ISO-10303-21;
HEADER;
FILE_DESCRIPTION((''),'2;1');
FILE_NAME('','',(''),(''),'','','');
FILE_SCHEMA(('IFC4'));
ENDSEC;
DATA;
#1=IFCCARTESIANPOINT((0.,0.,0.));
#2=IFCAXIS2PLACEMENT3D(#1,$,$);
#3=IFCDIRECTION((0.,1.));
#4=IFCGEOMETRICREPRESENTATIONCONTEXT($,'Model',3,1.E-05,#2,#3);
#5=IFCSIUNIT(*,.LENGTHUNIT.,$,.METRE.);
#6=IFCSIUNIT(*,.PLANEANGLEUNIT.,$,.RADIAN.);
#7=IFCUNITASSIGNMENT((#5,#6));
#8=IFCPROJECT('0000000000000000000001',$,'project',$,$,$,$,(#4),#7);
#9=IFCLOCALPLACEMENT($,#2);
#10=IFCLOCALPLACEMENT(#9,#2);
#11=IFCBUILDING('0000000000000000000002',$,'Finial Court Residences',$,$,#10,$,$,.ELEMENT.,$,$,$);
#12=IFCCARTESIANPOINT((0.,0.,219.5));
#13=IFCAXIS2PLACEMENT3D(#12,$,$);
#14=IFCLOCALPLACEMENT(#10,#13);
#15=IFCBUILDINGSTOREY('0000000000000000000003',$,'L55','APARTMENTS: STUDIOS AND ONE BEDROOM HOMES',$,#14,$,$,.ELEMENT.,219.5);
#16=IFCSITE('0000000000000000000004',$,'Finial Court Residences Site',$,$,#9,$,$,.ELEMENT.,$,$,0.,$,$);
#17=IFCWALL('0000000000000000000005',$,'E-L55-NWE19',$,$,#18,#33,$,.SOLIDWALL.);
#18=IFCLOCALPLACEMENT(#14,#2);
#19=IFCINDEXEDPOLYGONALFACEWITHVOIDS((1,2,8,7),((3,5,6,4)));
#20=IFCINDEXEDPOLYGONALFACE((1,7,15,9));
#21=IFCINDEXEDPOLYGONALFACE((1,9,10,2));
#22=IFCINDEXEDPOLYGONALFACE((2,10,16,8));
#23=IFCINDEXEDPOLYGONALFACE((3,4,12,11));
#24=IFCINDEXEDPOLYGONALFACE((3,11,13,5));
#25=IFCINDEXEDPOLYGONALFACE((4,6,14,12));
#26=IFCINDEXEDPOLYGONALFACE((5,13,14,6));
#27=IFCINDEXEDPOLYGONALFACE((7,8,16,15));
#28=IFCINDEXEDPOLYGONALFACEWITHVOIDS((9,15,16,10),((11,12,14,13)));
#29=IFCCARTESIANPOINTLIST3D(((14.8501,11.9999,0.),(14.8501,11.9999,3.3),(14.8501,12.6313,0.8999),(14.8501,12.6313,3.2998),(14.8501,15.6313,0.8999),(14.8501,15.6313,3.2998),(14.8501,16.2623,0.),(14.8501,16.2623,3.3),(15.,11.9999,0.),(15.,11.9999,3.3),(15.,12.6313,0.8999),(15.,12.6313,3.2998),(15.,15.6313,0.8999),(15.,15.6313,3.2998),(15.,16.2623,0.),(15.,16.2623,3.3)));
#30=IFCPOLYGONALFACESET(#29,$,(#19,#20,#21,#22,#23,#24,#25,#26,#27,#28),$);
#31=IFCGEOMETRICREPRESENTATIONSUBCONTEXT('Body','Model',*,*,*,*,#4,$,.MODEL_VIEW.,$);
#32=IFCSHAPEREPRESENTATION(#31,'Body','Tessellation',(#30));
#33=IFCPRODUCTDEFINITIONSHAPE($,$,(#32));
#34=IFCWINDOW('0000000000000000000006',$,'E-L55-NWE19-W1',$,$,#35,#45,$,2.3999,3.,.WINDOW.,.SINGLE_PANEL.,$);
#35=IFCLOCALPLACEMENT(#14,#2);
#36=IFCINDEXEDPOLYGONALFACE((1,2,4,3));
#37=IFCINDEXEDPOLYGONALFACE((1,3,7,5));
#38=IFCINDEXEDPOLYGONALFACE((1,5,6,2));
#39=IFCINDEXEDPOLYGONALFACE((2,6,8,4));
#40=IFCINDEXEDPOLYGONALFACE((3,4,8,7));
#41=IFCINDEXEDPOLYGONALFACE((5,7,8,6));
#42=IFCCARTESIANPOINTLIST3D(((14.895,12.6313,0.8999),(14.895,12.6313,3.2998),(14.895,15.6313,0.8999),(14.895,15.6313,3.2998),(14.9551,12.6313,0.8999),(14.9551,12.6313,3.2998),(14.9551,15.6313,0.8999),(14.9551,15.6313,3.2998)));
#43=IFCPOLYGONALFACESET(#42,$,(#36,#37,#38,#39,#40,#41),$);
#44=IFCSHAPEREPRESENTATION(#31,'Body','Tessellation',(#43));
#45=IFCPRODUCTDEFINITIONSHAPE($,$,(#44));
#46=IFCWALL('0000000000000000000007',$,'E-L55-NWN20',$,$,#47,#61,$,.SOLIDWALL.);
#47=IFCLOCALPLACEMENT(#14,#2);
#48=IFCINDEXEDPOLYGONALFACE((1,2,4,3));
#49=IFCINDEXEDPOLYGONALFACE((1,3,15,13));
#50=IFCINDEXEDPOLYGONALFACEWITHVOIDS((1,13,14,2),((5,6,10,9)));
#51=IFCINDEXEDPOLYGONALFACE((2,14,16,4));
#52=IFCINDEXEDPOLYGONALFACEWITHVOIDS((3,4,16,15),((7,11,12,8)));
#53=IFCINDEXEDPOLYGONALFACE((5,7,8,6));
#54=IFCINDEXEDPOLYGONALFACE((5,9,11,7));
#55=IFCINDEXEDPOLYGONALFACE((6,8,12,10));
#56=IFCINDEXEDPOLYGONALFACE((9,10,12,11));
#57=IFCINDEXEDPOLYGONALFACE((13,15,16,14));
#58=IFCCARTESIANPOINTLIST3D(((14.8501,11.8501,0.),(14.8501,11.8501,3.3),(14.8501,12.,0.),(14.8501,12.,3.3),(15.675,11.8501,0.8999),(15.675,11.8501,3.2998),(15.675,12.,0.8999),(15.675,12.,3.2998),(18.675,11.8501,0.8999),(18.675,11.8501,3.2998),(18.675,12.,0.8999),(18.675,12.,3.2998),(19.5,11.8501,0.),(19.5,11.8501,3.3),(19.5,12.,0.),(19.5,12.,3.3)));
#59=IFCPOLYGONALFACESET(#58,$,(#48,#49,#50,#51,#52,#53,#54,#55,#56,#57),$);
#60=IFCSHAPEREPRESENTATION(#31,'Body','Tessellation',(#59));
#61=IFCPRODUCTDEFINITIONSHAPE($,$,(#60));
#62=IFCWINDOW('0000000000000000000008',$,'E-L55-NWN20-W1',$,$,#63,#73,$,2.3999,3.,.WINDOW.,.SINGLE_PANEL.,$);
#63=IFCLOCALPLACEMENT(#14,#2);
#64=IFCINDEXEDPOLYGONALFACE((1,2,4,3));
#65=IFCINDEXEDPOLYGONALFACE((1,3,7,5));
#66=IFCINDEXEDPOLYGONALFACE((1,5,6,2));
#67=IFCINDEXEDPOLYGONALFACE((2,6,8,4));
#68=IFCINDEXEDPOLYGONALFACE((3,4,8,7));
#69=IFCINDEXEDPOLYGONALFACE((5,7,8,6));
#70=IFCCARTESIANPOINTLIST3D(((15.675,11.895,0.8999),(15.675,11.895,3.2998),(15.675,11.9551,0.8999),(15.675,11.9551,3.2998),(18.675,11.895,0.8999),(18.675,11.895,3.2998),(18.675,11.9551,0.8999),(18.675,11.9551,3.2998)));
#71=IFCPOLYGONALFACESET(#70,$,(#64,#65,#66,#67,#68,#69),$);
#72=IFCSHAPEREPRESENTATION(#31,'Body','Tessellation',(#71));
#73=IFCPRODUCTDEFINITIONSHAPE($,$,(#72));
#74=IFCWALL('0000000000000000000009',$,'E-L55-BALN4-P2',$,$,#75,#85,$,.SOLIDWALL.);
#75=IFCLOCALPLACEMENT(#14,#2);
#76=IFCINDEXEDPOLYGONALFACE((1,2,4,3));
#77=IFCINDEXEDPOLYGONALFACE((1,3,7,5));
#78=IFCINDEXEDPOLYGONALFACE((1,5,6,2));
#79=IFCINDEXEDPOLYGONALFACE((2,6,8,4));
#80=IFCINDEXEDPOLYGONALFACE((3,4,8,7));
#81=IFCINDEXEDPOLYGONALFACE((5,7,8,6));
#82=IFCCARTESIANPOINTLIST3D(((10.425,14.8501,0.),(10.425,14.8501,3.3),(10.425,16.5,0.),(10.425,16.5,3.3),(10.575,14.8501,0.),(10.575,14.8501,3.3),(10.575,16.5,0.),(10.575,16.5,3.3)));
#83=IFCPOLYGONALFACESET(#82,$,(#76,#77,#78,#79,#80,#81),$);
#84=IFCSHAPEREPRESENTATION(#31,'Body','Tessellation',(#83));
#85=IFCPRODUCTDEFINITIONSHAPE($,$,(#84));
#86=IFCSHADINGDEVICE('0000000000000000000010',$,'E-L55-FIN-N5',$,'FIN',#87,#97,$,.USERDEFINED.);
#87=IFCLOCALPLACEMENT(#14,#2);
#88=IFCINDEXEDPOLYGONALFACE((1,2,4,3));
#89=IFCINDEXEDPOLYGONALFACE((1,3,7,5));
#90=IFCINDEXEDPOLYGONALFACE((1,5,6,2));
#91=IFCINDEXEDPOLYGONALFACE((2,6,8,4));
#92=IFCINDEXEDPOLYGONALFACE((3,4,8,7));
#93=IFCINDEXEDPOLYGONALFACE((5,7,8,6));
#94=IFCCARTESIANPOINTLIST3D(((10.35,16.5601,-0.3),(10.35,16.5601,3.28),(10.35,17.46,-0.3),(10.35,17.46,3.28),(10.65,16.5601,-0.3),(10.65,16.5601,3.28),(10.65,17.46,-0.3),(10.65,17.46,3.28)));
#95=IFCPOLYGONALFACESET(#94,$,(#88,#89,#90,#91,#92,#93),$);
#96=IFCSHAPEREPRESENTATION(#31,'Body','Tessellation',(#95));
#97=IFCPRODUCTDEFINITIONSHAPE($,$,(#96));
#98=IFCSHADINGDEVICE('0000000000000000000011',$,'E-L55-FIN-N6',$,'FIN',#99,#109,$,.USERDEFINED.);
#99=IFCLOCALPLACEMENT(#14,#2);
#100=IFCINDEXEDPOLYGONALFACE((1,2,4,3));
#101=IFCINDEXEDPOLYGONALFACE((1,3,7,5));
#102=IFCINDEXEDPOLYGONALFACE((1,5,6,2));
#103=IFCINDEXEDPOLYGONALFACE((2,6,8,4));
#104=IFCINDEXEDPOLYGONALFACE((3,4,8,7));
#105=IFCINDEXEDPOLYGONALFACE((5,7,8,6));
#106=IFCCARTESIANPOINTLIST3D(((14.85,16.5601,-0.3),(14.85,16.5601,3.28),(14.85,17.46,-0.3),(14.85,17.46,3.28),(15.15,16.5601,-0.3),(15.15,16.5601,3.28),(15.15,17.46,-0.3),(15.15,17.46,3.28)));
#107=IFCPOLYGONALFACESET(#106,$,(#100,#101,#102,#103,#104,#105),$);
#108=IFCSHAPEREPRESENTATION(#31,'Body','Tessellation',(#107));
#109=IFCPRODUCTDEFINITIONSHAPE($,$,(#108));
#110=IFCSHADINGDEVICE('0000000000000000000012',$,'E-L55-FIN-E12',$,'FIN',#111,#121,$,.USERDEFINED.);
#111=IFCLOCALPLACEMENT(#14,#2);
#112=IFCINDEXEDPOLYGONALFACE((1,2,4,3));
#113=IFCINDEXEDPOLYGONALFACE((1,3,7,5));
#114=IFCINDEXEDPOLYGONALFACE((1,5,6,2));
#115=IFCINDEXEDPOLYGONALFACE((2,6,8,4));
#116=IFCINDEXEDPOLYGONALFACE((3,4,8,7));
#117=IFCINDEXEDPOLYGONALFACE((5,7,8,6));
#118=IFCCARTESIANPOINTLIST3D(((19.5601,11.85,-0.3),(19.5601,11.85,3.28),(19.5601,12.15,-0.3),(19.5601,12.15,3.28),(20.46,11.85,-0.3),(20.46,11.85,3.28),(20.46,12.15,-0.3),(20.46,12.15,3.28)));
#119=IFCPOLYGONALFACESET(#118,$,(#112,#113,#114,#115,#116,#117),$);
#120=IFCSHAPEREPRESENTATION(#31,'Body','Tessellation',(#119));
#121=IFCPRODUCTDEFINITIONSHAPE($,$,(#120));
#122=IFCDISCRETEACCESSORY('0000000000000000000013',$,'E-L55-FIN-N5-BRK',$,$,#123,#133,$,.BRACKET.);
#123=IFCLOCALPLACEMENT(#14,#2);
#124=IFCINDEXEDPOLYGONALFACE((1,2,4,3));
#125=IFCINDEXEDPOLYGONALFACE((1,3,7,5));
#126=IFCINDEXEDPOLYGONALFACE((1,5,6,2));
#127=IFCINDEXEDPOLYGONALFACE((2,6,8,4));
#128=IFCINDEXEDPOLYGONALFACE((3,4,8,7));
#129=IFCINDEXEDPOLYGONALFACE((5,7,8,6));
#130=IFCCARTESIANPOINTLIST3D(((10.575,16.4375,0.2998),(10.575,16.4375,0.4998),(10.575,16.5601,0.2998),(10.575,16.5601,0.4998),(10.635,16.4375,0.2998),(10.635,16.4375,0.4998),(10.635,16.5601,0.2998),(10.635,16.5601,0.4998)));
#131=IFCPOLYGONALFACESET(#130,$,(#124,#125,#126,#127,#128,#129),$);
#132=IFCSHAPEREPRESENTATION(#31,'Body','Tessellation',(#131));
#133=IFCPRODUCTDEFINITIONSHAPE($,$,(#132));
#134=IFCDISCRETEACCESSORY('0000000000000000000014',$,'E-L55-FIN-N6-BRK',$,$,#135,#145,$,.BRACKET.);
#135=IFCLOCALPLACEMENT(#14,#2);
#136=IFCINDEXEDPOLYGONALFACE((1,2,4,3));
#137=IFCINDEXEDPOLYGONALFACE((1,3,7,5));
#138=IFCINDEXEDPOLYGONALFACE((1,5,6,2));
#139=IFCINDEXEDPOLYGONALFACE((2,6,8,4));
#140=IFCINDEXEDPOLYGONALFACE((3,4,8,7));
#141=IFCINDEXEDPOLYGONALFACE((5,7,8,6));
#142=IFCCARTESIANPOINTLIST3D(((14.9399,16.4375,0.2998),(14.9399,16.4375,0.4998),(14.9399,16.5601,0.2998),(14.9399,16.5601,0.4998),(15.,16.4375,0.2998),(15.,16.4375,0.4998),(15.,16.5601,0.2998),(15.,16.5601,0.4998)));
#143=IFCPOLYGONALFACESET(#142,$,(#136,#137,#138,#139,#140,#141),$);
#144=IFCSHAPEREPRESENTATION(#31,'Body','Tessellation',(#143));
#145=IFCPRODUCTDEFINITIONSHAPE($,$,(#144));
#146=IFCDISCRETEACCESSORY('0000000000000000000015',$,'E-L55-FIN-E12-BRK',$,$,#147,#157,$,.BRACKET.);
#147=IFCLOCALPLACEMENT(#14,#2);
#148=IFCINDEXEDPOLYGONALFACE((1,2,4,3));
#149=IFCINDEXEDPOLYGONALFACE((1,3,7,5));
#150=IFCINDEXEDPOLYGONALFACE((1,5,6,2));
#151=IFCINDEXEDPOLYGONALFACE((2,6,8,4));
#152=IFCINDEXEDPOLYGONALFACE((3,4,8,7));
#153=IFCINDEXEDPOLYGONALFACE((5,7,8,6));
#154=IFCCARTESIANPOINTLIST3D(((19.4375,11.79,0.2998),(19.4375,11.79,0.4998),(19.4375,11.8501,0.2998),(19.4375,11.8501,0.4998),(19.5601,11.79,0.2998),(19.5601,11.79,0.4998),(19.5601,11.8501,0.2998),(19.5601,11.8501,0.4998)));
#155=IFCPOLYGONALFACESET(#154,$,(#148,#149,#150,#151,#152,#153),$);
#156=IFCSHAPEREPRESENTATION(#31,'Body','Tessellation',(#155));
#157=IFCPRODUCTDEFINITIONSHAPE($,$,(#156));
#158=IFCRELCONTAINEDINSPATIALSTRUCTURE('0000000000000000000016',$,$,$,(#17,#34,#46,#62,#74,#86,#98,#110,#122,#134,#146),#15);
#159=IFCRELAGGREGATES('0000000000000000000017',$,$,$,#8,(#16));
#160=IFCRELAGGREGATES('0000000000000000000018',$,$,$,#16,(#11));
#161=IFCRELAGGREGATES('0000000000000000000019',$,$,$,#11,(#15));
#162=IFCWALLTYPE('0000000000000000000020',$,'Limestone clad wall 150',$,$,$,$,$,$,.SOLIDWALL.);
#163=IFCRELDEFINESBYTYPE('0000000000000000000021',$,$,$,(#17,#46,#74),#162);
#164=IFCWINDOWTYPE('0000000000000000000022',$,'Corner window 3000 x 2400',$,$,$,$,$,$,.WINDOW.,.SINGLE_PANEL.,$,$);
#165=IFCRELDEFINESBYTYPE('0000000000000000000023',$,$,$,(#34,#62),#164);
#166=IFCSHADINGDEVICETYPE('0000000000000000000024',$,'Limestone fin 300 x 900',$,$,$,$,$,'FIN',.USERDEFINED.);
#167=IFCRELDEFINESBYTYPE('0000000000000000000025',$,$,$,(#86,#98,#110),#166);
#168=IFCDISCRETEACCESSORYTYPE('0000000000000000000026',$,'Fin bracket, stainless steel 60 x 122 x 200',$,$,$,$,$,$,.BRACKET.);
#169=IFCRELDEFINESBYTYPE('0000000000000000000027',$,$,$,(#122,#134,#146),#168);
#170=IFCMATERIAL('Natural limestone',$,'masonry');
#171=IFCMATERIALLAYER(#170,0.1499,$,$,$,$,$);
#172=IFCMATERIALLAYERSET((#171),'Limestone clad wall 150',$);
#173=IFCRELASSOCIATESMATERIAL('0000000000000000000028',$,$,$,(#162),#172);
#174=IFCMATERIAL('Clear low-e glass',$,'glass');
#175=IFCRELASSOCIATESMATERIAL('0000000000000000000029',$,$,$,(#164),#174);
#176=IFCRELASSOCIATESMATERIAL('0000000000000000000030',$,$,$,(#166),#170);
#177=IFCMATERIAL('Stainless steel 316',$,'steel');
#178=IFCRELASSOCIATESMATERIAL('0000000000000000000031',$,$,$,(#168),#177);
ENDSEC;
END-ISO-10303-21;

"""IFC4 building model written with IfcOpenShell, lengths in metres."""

from ifc_helpers import new_model, si_unit, direction, frame, frame_2d, origin, origin_2d, place, context, subcontext, project, spatial, rectangle, extrude, material, layer, layer_set, type_object, element, fill, save


model = new_model("IFC4")

# Units and contexts
model_context = context("Model", 3, precision=1e-05, world=origin(), true_north=direction((0.0, 1.0)))
body_context = subcontext(model_context, "Body", "Model", "MODEL_VIEW")
ifc_project = project(units=[si_unit("LENGTHUNIT", "METRE"), si_unit("PLANEANGLEUNIT", "RADIAN")], contexts=[model_context])

# Site, building, storey
site_placement = place(None, origin())
site = spatial("IfcSite", under=ifc_project, at=site_placement, Name="Finial Court Residences Site", CompositionType="ELEMENT", RefElevation=0.0)
building_placement = place(site_placement, origin())
building = spatial("IfcBuilding", under=site, at=building_placement, Name="Finial Court Residences", CompositionType="ELEMENT")
storey_placement = place(building_placement, frame((0.0, 0.0, 219.5)))
storey = spatial("IfcBuildingStorey", under=building, at=storey_placement, Name="L55", Description="APARTMENTS: STUDIOS AND ONE BEDROOM HOMES", CompositionType="ELEMENT", Elevation=219.5)

# Shared definitions
ifc_material_1 = material(Name="Clear low-e glass", Category="glass")

# Walls, openings, windows
ifc_material_2 = material(Name="Natural limestone", Category="masonry")
ifc_layer_1 = layer(ifc_material_2, 0.1499)
ifc_layer_set_1 = layer_set([ifc_layer_1], Name="Limestone clad wall 150")
wall_type_1 = type_object("IfcWallType", Name="Limestone clad wall 150", PredefinedType="SOLIDWALL", material=ifc_layer_set_1)
wall_1_placement = place(storey_placement, frame((14.925, 16.2625, 0.0), z_axis=(0.0, 0.0, 1.0), x_axis=(0.0, -1.0, 0.0)))
wall_1 = element("IfcWall", 1, at=wall_1_placement, inside=storey, type_object=wall_type_1, Name="E-L55-NWE19", PredefinedType="SOLIDWALL", context=body_context, shape_type="SweptSolid", body=[
    extrude(rectangle(XDim=4.2625, YDim=0.1499, at=frame_2d((2.1313, 0.0))), origin(), (0.0, 0.0, 1.0), 3.3),
])
opening_1_placement = place(wall_1_placement, frame((0.6311, 0.0, 0.8999)))
opening_1 = element("IfcOpeningElement", 2, at=opening_1_placement, cuts=wall_1, PredefinedType="OPENING", context=body_context, shape_type="SweptSolid", body=[
    extrude(rectangle(XDim=3.0, YDim=2.3999, at=frame_2d((1.5, 1.2))), frame((0.0, 0.085, 0.0), z_axis=(0.0, -1.0, 0.0), x_axis=(1.0, 0.0, 0.0)), (0.0, 0.0, 1.0), 0.1699),
])
window_type = type_object("IfcWindowType", Name="Corner window 3000 x 2400", PartitioningType="SINGLE_PANEL", PredefinedType="WINDOW", material=ifc_material_1)
window_1_placement = place(opening_1_placement, origin())
window_1 = element("IfcWindow", 3, at=window_1_placement, inside=storey, type_object=window_type, Name="E-L55-NWE19-W1", OverallHeight=2.3999, OverallWidth=3.0, PartitioningType="SINGLE_PANEL", PredefinedType="WINDOW", context=body_context, shape_type="SweptSolid", body=[
    extrude(rectangle(XDim=3.0, YDim=2.3999, at=frame_2d((1.5, 1.2))), frame((0.0, 0.03, 0.0), z_axis=(0.0, -1.0, 0.0), x_axis=(1.0, 0.0, 0.0)), (0.0, 0.0, 1.0), 0.0601),
])
fill(opening_1, window_1)
wall_2_placement = place(storey_placement, frame((14.8501, 11.925, 0.0), z_axis=(0.0, 0.0, 1.0), x_axis=(1.0, 0.0, 0.0)))
wall_2 = element("IfcWall", 4, at=wall_2_placement, inside=storey, type_object=wall_type_1, Name="E-L55-NWN20", PredefinedType="SOLIDWALL", context=body_context, shape_type="SweptSolid", body=[
    extrude(rectangle(XDim=4.6499, YDim=0.1499, at=frame_2d((2.325, 0.0))), origin(), (0.0, 0.0, 1.0), 3.3),
])
opening_2_placement = place(wall_2_placement, frame((0.825, 0.0, 0.8999)))
opening_2 = element("IfcOpeningElement", 5, at=opening_2_placement, cuts=wall_2, PredefinedType="OPENING", context=body_context, shape_type="SweptSolid", body=[
    extrude(rectangle(XDim=3.0, YDim=2.3999, at=frame_2d((1.5, 1.2))), frame((0.0, 0.085, 0.0), z_axis=(0.0, -1.0, 0.0), x_axis=(1.0, 0.0, 0.0)), (0.0, 0.0, 1.0), 0.1699),
])
window_2_placement = place(opening_2_placement, origin())
window_2 = element("IfcWindow", 6, at=window_2_placement, inside=storey, type_object=window_type, Name="E-L55-NWN20-W1", OverallHeight=2.3999, OverallWidth=3.0, PartitioningType="SINGLE_PANEL", PredefinedType="WINDOW", context=body_context, shape_type="SweptSolid", body=[
    extrude(rectangle(XDim=3.0, YDim=2.3999, at=frame_2d((1.5, 1.2))), frame((0.0, 0.03, 0.0), z_axis=(0.0, -1.0, 0.0), x_axis=(1.0, 0.0, 0.0)), (0.0, 0.0, 1.0), 0.0601),
])
fill(opening_2, window_2)

# Wall
wall_3_placement = place(storey_placement, frame((10.5, 14.8501, 0.0), z_axis=(0.0, 0.0, 1.0), x_axis=(0.0, 1.0, 0.0)))
element("IfcWall", 7, at=wall_3_placement, inside=storey, type_object=wall_type_1, Name="E-L55-BALN4-P2", PredefinedType="SOLIDWALL", context=body_context, shape_type="SweptSolid", body=[
    extrude(rectangle(XDim=1.6499, YDim=0.1499, at=frame_2d((0.825, 0.0))), origin(), (0.0, 0.0, 1.0), 3.3),
])

# Shading devices
shading_device_type = type_object("IfcShadingDeviceType", Name="Limestone fin 300 x 900", ElementType="FIN", PredefinedType="USERDEFINED", material=ifc_material_2)
for number, where, z_axis, x_axis, name in (
    (8, (10.5, 17.01, -0.3), (0.0, 0.0, 1.0), (1.0, 0.0, 0.0), "E-L55-FIN-N5"),
    (9, (15.0, 17.01, -0.3), (0.0, 0.0, 1.0), (1.0, 0.0, 0.0), "E-L55-FIN-N6"),
):
    element("IfcShadingDevice", number, at=place(storey_placement, frame(where, z_axis=z_axis, x_axis=x_axis)), inside=storey, type_object=shading_device_type, Name=name, ObjectType="FIN", PredefinedType="USERDEFINED", context=body_context, shape_type="SweptSolid", body=[
        extrude(rectangle(XDim=0.3, YDim=0.8999, at=origin_2d()), origin(), (0.0, 0.0, 1.0), 3.5801),
    ])
shading_device_placement = place(storey_placement, frame((20.01, 12.0, -0.3), z_axis=(0.0, 0.0, 1.0), x_axis=(1.0, 0.0, 0.0)))
element("IfcShadingDevice", 10, at=shading_device_placement, inside=storey, type_object=shading_device_type, Name="E-L55-FIN-E12", ObjectType="FIN", PredefinedType="USERDEFINED", context=body_context, shape_type="SweptSolid", body=[
    extrude(rectangle(XDim=0.8999, YDim=0.3, at=origin_2d()), origin(), (0.0, 0.0, 1.0), 3.5801),
])

# Discrete accessories
ifc_material_3 = material(Name="Stainless steel 316", Category="steel")
discrete_accessory_type = type_object("IfcDiscreteAccessoryType", Name="Fin bracket, stainless steel 60 x 122 x 200", PredefinedType="BRACKET", material=ifc_material_3)
for number, where, z_axis, x_axis, name in (
    (11, (10.605, 16.4988, 0.2998), (0.0, 0.0, 1.0), (1.0, 0.0, 0.0), "E-L55-FIN-N5-BRK"),
    (12, (14.97, 16.4988, 0.2998), (0.0, 0.0, 1.0), (1.0, 0.0, 0.0), "E-L55-FIN-N6-BRK"),
):
    element("IfcDiscreteAccessory", number, at=place(storey_placement, frame(where, z_axis=z_axis, x_axis=x_axis)), inside=storey, type_object=discrete_accessory_type, Name=name, PredefinedType="BRACKET", context=body_context, shape_type="SweptSolid", body=[
        extrude(rectangle(XDim=0.0601, YDim=0.1226, at=origin_2d()), origin(), (0.0, 0.0, 1.0), 0.2),
    ])
discrete_accessory_placement = place(storey_placement, frame((19.4988, 11.8201, 0.2998), z_axis=(0.0, 0.0, 1.0), x_axis=(1.0, 0.0, 0.0)))
element("IfcDiscreteAccessory", 13, at=discrete_accessory_placement, inside=storey, type_object=discrete_accessory_type, Name="E-L55-FIN-E12-BRK", PredefinedType="BRACKET", context=body_context, shape_type="SweptSolid", body=[
    extrude(rectangle(XDim=0.1226, YDim=0.0601, at=origin_2d()), origin(), (0.0, 0.0, 1.0), 0.2),
])

save(model, "model.ifc")
